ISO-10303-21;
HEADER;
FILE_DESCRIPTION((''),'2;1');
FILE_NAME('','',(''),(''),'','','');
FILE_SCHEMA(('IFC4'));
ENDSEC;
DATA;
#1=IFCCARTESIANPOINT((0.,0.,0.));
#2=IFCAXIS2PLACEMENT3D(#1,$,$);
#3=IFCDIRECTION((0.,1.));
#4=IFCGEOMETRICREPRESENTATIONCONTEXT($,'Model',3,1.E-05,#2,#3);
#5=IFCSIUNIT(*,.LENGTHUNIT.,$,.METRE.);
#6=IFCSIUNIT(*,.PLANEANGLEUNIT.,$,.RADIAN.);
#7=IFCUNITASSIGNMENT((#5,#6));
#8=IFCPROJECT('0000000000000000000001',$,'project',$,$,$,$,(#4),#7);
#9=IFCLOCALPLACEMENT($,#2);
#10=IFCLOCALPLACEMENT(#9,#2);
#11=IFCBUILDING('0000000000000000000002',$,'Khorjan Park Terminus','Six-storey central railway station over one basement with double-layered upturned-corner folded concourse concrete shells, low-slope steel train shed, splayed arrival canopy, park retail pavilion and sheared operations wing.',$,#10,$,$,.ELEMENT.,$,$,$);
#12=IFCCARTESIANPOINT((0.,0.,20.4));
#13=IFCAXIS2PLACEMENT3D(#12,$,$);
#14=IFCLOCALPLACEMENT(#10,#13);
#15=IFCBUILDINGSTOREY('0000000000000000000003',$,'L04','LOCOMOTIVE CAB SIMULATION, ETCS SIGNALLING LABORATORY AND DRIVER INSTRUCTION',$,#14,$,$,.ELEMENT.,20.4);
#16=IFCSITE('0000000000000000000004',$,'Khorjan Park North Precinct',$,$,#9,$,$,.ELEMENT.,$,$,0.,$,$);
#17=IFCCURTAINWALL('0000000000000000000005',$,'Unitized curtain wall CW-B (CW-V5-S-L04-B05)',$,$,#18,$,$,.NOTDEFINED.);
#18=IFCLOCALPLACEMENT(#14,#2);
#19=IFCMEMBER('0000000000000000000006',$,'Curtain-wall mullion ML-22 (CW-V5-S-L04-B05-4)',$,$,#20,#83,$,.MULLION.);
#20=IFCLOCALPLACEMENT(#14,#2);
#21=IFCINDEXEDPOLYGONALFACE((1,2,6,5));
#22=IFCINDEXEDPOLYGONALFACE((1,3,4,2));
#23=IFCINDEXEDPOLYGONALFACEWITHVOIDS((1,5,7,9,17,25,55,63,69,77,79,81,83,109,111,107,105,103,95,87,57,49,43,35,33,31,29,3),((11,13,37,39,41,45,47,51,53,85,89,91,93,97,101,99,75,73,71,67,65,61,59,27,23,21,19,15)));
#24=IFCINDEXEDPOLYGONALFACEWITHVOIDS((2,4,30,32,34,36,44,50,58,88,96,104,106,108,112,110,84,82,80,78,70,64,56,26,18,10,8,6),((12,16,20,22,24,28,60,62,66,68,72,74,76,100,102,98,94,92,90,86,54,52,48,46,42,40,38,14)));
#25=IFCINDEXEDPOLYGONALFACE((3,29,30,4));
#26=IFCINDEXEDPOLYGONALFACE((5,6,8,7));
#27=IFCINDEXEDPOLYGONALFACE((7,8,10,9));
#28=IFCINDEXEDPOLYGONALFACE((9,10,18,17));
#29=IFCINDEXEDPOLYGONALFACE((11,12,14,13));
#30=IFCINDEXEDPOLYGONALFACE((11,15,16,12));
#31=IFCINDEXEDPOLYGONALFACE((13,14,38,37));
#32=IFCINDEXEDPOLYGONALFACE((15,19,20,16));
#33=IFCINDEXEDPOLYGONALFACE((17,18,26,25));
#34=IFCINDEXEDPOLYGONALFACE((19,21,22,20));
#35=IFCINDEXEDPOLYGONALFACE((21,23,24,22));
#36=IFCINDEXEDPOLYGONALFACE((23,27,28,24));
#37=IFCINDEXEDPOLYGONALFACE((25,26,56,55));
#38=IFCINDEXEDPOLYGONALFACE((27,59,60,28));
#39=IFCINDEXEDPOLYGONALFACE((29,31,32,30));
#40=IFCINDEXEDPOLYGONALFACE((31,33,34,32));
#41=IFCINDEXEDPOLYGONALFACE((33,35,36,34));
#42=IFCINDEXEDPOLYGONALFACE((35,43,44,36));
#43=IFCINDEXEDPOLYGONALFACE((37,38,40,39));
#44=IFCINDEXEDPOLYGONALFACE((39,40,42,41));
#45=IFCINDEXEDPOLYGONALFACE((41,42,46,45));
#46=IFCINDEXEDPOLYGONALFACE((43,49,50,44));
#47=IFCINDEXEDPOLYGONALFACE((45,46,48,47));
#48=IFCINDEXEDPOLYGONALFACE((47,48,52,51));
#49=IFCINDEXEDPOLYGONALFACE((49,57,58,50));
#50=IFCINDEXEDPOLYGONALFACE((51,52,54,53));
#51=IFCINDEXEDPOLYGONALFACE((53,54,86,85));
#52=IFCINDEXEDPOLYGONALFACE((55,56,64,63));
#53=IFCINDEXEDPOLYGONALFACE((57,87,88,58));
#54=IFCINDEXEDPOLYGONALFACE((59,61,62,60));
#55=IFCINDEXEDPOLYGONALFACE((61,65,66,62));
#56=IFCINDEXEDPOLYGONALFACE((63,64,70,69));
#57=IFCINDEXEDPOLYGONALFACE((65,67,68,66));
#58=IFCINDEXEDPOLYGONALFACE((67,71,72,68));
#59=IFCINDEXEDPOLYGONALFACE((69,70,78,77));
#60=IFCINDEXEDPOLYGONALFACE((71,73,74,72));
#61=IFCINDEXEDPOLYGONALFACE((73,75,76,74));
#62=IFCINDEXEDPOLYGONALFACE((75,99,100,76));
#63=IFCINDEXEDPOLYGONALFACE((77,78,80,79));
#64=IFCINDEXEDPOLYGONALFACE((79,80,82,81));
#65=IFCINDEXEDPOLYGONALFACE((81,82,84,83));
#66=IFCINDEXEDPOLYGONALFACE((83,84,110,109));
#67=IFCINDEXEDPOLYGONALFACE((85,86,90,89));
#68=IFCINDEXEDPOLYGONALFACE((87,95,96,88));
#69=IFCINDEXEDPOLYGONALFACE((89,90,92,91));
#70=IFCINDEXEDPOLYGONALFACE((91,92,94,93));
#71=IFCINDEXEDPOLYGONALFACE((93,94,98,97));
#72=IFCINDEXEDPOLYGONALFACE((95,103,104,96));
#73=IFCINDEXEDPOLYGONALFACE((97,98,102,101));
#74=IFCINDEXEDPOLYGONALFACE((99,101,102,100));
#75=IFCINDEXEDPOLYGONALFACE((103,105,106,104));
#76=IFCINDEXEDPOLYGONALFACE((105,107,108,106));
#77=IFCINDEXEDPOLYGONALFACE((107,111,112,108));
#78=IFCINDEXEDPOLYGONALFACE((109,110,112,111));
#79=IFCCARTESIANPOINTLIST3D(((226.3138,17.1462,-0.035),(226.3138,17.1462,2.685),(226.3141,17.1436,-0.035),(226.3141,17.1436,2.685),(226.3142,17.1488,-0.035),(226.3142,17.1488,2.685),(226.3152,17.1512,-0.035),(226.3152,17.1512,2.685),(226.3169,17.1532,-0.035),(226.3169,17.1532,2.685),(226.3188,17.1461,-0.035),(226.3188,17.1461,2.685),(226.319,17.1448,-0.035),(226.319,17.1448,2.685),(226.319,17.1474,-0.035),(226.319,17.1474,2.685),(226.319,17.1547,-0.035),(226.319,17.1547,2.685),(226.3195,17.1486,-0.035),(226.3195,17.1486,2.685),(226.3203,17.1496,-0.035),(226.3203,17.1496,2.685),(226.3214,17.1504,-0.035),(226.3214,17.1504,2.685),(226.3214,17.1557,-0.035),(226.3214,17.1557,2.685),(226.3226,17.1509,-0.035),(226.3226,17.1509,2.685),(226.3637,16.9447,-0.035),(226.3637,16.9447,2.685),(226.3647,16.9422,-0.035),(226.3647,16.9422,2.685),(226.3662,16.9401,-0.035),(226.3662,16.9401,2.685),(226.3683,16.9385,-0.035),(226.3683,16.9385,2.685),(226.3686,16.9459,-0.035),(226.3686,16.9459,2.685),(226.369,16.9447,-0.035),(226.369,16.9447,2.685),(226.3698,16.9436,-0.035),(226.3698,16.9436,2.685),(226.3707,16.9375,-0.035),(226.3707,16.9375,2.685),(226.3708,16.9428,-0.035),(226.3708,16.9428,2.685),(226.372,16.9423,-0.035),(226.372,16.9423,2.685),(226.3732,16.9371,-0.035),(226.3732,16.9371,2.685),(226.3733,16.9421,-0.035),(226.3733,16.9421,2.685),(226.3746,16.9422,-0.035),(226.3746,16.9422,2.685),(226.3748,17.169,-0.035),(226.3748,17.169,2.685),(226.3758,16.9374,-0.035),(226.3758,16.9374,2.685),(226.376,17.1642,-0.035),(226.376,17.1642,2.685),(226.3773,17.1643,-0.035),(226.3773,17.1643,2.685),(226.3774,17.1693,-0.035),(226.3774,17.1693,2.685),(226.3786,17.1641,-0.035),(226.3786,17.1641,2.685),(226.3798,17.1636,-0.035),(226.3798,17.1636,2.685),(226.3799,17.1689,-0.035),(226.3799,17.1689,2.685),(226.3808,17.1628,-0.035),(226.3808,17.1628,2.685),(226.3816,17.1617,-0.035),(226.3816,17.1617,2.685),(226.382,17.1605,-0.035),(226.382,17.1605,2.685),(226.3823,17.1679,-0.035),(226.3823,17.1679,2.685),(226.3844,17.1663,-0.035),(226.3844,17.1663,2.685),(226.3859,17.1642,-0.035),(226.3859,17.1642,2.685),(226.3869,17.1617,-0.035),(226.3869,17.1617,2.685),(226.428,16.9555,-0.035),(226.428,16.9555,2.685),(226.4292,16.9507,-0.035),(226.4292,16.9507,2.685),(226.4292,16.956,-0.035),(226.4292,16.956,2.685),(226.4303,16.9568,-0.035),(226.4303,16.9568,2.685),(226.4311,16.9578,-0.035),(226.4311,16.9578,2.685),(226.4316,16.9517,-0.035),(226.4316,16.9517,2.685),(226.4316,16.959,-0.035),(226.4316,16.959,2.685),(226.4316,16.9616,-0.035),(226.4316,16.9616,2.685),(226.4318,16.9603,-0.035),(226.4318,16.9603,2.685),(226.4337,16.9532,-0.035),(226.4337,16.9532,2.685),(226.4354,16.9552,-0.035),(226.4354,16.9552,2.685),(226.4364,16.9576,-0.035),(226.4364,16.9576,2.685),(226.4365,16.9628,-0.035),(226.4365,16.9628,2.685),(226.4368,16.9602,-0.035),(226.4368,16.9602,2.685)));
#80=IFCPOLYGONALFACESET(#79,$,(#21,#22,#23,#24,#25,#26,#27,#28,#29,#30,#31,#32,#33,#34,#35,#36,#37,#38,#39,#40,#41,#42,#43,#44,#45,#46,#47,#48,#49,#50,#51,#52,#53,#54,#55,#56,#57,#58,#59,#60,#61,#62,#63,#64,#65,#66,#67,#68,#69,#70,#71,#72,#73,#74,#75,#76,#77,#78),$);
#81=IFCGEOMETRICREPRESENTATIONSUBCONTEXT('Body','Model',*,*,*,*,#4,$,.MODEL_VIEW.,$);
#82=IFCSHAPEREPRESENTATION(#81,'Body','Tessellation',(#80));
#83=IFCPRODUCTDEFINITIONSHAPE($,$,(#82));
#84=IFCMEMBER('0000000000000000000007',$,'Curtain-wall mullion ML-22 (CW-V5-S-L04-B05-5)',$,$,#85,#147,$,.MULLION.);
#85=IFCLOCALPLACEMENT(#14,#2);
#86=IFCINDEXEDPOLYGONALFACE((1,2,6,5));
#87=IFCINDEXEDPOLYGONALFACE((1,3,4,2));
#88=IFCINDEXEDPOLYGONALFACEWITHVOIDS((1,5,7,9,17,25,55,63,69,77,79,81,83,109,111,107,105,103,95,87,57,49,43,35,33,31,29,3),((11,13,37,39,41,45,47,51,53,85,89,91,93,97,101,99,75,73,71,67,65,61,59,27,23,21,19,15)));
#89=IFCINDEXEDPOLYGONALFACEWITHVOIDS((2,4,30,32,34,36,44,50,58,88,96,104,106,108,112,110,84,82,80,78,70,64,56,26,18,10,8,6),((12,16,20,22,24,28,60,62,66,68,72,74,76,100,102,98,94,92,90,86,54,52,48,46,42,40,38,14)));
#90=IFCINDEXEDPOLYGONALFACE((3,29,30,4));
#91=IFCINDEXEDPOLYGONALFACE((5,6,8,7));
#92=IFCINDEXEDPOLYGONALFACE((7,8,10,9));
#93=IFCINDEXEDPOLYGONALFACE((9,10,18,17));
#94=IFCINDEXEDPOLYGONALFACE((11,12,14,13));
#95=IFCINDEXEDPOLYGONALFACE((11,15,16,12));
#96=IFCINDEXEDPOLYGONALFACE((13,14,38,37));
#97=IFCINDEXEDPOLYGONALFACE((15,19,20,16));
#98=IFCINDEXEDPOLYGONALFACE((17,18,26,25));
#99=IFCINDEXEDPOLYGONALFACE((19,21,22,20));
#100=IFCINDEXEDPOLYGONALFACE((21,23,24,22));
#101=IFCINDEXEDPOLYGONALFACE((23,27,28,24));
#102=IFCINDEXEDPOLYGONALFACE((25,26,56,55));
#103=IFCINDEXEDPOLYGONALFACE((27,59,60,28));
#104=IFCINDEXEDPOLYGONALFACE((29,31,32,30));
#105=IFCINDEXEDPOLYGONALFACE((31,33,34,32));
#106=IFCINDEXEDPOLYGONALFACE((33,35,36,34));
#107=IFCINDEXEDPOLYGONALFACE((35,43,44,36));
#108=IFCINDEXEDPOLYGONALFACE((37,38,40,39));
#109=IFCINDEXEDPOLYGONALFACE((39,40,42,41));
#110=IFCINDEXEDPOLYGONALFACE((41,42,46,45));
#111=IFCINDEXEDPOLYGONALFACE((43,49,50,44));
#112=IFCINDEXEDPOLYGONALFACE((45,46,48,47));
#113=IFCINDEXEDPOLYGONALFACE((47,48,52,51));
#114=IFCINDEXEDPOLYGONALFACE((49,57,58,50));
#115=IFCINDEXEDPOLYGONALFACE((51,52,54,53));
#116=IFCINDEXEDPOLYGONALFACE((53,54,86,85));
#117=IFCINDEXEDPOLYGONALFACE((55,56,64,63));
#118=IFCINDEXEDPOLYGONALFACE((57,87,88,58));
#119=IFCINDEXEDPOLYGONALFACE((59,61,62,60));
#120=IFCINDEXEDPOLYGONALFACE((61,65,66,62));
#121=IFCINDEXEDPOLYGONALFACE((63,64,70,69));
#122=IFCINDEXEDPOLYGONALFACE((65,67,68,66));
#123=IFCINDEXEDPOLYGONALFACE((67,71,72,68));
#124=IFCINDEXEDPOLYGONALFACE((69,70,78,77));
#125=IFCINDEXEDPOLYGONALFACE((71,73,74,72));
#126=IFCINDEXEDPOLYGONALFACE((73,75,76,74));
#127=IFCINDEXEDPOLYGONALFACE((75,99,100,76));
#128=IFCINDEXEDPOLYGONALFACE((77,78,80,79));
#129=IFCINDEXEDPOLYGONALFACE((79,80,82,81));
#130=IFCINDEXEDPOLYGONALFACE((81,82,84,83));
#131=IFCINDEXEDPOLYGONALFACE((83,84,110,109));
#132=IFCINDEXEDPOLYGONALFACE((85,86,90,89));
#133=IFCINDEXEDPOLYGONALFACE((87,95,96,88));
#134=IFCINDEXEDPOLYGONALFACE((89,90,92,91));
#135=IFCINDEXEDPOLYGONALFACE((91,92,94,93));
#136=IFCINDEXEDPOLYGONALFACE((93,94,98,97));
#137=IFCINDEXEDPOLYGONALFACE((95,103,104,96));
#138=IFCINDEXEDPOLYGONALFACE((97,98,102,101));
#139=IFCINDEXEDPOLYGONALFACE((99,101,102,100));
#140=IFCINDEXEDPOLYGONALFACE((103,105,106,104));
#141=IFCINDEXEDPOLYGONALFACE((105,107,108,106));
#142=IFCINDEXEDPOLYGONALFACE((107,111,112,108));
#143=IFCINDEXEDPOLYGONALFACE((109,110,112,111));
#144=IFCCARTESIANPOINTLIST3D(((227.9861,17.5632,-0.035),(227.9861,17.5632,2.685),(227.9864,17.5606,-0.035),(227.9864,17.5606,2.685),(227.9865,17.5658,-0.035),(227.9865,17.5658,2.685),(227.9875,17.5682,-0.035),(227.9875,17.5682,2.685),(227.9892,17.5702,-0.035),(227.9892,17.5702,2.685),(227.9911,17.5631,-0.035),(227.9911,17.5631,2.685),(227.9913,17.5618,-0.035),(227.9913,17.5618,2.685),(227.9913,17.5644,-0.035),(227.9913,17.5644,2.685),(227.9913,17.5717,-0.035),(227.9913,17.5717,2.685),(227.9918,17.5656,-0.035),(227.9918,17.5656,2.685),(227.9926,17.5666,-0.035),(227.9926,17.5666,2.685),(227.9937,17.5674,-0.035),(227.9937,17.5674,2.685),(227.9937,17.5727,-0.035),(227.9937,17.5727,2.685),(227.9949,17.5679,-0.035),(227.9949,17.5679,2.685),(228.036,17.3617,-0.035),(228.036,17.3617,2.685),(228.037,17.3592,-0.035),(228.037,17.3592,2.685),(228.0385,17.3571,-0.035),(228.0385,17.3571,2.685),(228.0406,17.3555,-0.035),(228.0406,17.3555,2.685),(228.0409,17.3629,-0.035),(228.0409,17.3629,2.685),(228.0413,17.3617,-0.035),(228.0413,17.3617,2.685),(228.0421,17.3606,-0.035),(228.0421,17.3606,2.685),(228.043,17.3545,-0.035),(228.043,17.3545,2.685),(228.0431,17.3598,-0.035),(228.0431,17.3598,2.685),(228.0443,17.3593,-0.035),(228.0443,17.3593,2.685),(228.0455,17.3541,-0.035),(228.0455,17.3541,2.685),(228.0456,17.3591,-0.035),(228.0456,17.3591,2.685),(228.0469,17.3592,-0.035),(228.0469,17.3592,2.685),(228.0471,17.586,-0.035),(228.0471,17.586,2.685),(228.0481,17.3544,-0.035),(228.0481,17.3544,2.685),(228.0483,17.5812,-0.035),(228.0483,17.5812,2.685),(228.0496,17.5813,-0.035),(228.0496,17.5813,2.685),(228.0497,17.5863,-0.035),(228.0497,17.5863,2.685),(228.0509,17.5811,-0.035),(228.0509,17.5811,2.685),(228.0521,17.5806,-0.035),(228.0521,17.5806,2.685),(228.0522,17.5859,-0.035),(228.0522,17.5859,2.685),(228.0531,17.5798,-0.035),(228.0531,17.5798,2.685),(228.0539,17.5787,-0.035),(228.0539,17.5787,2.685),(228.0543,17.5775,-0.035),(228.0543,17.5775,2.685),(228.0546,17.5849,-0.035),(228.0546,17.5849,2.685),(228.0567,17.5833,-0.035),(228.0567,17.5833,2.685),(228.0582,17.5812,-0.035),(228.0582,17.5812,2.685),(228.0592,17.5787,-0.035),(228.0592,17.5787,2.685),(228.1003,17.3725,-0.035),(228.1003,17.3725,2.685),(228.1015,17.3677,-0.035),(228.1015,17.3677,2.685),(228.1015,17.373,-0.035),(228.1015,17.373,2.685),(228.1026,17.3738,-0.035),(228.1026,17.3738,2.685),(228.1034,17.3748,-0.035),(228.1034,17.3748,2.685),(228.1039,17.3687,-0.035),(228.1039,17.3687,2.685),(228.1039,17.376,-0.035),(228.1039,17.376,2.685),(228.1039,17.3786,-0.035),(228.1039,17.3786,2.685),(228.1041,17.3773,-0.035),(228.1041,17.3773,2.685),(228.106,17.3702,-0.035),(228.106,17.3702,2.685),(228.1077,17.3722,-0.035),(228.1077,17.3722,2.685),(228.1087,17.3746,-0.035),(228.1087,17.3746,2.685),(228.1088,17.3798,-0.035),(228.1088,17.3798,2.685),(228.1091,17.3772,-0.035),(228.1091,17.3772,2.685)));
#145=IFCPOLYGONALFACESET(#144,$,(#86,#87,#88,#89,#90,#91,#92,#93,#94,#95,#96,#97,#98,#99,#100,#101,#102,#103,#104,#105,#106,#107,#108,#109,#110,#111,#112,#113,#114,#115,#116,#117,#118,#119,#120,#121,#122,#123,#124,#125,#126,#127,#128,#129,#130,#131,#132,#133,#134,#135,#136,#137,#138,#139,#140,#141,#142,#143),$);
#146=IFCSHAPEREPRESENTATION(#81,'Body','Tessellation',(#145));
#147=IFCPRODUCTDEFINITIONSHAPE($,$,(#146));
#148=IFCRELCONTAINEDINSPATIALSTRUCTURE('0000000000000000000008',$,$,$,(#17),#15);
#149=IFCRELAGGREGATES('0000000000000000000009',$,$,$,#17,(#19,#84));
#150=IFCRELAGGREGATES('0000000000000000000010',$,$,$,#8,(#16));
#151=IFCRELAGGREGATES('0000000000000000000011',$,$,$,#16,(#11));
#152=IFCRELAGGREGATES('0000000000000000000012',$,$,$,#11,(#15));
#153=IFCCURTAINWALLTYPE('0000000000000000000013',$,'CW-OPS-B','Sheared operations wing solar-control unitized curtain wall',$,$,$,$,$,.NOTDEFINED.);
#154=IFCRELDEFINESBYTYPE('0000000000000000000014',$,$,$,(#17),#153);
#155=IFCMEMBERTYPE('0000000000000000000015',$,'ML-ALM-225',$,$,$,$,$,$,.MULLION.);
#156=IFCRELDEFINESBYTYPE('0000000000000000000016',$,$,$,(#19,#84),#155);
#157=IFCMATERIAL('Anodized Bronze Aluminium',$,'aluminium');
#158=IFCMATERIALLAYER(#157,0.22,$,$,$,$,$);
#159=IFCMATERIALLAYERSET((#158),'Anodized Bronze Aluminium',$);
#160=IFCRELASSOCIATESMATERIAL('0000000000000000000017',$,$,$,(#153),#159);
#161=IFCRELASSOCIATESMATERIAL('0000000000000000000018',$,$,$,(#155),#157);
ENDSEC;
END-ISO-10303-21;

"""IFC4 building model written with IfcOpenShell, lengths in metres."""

from ifc_helpers import new_model, si_unit, direction, frame, origin, origin_2d, place, context, subcontext, project, spatial, hollow_rectangle, extrude, material, layer, layer_set, material_profile, profile_set, type_object, element, aggregate, save


model = new_model("IFC4")

# Units and contexts
model_context = context("Model", 3, precision=1e-05, world=origin(), true_north=direction((0.0, 1.0)))
body_context = subcontext(model_context, "Body", "Model", "MODEL_VIEW")
ifc_project = project(units=[si_unit("LENGTHUNIT", "METRE"), si_unit("PLANEANGLEUNIT", "RADIAN")], contexts=[model_context])

# Site, building, storey
site_placement = place(None, origin())
site = spatial("IfcSite", under=ifc_project, at=site_placement, Name="Khorjan Park North Precinct", CompositionType="ELEMENT", RefElevation=0.0)
building_placement = place(site_placement, origin())
building = spatial("IfcBuilding", under=site, at=building_placement, Name="Khorjan Park Terminus", Description="Six-storey central railway station over one basement with double-layered upturned-corner folded concourse concrete shells, low-slope steel train shed, splayed arrival canopy, park retail pavilion and sheared operations wing.", CompositionType="ELEMENT")
storey_placement = place(building_placement, frame((0.0, 0.0, 20.4)))
storey = spatial("IfcBuildingStorey", under=building, at=storey_placement, Name="L04", Description="LOCOMOTIVE CAB SIMULATION, ETCS SIGNALLING LABORATORY AND DRIVER INSTRUCTION", CompositionType="ELEMENT", Elevation=20.4)

# Curtain wall, members
ifc_material_1 = material(Name="Anodized Bronze Aluminium", Category="aluminium")
ifc_layer_1 = layer(ifc_material_1, 0.22)
ifc_layer_set_1 = layer_set([ifc_layer_1], Name="Anodized Bronze Aluminium")
curtain_wall_type = type_object("IfcCurtainWallType", Name="CW-OPS-B", Description="Sheared operations wing solar-control unitized curtain wall", PredefinedType="NOTDEFINED", material=ifc_layer_set_1)
curtain_wall_1_placement = place(storey_placement, origin())
curtain_wall_1 = element("IfcCurtainWall", 1, at=curtain_wall_1_placement, inside=storey, type_object=curtain_wall_type, Name="Unitized curtain wall CW-B (CW-V5-S-L04-B05)", PredefinedType="NOTDEFINED")
ifc_material_profile_1 = material_profile(ifc_material_1, hollow_rectangle(XDim=0.075, YDim=0.225, WallThickness=0.005, InnerFilletRadius=0.005, OuterFilletRadius=0.01, at=origin_2d()), Name="ALM 75x225x5")
ifc_profile_set_1 = profile_set([ifc_material_profile_1], Name="Anodized Bronze Aluminium")
member_type_1 = type_object("IfcMemberType", Name="ML-ALM-225", PredefinedType="MULLION", material=ifc_profile_set_1)
member_1_placement = place(storey_placement, frame((226.3753, 17.0532, -0.035), z_axis=(0.0, 0.0, 1.0), x_axis=(0.970296, 0.241919, 0.0)))
member_1 = element("IfcMember", 2, at=member_1_placement, type_object=member_type_1, Name="Curtain-wall mullion ML-22 (CW-V5-S-L04-B05-4)", PredefinedType="MULLION", context=body_context, shape_type="SweptSolid", body=[
    extrude(hollow_rectangle(XDim=0.075, YDim=0.225, WallThickness=0.005, InnerFilletRadius=0.005, OuterFilletRadius=0.01, at=origin_2d()), origin(), (0.0, 0.0, 1.0), 2.72),
])
member_2_placement = place(storey_placement, frame((228.0476, 17.4702, -0.035), z_axis=(0.0, 0.0, 1.0), x_axis=(0.970296, 0.241919, 0.0)))
member_2 = element("IfcMember", 3, at=member_2_placement, type_object=member_type_1, Name="Curtain-wall mullion ML-22 (CW-V5-S-L04-B05-5)", PredefinedType="MULLION", context=body_context, shape_type="SweptSolid", body=[
    extrude(hollow_rectangle(XDim=0.075, YDim=0.225, WallThickness=0.005, InnerFilletRadius=0.005, OuterFilletRadius=0.01, at=origin_2d()), origin(), (0.0, 0.0, 1.0), 2.72),
])

aggregate(curtain_wall_1, [member_1, member_2])

save(model, "model.ifc")
